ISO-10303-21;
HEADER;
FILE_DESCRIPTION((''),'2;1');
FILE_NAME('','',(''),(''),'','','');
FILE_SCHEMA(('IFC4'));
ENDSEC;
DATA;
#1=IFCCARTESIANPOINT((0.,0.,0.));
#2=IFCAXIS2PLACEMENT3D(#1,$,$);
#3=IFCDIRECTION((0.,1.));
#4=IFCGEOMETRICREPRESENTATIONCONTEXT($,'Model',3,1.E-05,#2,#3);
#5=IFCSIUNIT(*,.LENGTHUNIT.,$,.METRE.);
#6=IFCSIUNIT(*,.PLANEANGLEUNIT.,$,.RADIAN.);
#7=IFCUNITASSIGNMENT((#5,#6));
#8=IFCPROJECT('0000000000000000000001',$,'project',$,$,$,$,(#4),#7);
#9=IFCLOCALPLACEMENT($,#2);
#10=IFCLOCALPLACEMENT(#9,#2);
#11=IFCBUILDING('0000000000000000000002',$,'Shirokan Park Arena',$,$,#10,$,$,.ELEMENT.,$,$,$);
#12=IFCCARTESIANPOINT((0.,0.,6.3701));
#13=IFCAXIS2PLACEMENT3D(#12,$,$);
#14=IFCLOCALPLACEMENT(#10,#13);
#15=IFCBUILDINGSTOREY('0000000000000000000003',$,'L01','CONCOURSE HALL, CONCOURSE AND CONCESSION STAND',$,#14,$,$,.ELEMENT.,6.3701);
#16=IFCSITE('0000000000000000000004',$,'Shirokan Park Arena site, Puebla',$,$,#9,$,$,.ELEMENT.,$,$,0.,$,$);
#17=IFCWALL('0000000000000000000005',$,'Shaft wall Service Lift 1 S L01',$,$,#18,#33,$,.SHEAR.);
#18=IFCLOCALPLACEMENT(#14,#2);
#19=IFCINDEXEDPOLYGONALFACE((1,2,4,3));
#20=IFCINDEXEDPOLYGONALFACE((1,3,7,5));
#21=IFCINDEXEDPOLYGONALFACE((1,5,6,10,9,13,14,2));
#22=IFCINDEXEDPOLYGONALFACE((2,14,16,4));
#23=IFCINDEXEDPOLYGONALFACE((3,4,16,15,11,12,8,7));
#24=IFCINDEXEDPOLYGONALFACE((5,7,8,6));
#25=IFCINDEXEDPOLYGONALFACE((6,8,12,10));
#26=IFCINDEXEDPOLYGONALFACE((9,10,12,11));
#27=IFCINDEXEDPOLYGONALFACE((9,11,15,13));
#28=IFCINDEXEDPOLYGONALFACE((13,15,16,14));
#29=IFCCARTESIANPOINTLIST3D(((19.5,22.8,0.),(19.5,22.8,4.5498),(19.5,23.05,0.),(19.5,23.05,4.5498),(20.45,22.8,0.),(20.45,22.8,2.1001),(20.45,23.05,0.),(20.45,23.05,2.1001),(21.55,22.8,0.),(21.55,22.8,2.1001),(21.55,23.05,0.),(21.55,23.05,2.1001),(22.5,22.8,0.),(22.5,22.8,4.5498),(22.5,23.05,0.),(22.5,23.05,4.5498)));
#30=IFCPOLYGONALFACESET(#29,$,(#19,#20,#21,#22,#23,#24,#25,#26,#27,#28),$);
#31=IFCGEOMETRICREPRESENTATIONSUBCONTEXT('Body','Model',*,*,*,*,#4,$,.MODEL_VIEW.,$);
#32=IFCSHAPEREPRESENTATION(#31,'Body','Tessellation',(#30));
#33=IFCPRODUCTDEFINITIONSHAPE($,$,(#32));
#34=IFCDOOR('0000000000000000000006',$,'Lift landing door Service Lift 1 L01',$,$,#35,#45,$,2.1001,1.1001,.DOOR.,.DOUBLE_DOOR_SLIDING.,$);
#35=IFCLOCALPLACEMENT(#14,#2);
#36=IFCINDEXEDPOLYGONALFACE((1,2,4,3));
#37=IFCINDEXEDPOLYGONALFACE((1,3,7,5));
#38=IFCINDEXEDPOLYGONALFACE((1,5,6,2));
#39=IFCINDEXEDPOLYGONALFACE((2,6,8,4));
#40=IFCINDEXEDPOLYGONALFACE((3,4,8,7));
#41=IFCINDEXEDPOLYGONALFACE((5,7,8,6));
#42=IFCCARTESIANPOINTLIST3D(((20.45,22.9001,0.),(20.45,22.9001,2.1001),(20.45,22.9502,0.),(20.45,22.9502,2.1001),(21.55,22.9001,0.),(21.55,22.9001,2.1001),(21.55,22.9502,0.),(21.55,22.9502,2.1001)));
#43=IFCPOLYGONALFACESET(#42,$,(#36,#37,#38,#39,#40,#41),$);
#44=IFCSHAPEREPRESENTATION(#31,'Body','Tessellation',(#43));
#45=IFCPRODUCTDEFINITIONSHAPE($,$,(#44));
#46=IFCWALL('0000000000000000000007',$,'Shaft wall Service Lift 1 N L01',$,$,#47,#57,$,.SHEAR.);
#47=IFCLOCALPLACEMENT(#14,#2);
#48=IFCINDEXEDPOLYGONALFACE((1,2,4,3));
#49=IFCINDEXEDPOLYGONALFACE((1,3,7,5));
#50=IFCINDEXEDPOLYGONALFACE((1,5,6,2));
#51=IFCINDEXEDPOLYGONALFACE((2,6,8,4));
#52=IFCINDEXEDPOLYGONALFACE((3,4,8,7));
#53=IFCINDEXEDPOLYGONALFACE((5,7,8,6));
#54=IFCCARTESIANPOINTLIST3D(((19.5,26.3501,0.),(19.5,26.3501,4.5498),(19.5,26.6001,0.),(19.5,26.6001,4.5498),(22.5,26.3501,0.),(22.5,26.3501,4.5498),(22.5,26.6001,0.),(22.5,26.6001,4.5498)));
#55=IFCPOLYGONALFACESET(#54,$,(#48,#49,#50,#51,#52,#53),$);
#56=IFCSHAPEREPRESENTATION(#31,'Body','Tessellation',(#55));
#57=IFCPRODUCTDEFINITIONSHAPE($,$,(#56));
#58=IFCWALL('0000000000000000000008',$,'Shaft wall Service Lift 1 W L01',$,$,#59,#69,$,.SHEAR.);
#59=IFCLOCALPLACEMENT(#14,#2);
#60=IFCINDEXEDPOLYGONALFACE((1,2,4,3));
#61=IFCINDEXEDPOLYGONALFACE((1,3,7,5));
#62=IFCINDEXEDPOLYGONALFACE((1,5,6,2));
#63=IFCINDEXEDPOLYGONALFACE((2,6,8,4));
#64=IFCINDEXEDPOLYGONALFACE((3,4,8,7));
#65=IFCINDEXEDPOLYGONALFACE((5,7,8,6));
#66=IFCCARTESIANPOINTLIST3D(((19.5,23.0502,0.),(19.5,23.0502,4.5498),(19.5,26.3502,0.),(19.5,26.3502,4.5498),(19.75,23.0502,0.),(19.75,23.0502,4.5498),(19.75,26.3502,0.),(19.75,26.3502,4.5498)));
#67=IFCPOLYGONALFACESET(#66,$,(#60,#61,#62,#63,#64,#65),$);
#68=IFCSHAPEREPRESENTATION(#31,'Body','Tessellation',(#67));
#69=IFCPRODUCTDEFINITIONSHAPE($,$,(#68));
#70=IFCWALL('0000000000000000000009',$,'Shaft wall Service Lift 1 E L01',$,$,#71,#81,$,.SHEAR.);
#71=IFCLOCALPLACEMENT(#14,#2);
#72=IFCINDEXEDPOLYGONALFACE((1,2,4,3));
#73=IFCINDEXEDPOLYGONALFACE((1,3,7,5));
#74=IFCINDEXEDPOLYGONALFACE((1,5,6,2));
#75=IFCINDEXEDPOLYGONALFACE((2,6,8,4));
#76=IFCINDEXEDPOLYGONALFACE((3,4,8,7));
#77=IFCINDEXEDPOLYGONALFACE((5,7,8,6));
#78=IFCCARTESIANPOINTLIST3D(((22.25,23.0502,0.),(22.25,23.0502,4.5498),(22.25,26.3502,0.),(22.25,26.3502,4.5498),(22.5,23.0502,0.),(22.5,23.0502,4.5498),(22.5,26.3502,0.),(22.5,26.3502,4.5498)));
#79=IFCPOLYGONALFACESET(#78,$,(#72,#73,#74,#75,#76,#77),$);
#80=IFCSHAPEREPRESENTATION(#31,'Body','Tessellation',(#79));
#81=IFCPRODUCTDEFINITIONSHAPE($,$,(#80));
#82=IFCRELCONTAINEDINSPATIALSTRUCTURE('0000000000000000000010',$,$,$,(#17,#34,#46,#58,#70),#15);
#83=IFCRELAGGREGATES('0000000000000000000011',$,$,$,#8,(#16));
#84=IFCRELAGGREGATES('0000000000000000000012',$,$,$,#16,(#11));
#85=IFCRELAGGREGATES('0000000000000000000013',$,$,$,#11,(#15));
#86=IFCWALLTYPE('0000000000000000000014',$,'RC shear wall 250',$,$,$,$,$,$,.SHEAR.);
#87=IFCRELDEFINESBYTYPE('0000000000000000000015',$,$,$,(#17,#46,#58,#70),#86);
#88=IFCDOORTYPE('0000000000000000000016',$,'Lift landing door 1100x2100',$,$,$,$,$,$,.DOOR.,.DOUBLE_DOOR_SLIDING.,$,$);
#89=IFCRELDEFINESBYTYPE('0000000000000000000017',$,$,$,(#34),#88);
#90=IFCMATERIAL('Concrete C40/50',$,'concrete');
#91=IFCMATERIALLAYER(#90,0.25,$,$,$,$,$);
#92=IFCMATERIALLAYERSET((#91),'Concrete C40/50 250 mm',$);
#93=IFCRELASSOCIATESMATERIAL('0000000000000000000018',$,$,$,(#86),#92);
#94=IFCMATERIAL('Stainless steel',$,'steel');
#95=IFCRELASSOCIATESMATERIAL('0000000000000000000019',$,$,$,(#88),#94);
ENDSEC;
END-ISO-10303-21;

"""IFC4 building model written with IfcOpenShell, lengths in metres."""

from ifc_helpers import new_model, si_unit, direction, frame, frame_2d, origin, place, context, subcontext, project, spatial, rectangle, extrude, material, layer, layer_set, type_object, element, fill, save


model = new_model("IFC4")

# Units and contexts
model_context = context("Model", 3, precision=1e-05, world=origin(), true_north=direction((0.0, 1.0)))
body_context = subcontext(model_context, "Body", "Model", "MODEL_VIEW")
ifc_project = project(units=[si_unit("LENGTHUNIT", "METRE"), si_unit("PLANEANGLEUNIT", "RADIAN")], contexts=[model_context])

# Site, building, storey
site_placement = place(None, origin())
site = spatial("IfcSite", under=ifc_project, at=site_placement, Name="Shirokan Park Arena site, Puebla", CompositionType="ELEMENT", RefElevation=0.0)
building_placement = place(site_placement, origin())
building = spatial("IfcBuilding", under=site, at=building_placement, Name="Shirokan Park Arena", CompositionType="ELEMENT")
storey_placement = place(building_placement, frame((0.0, 0.0, 6.3701)))
storey = spatial("IfcBuildingStorey", under=building, at=storey_placement, Name="L01", Description="CONCOURSE HALL, CONCOURSE AND CONCESSION STAND", CompositionType="ELEMENT", Elevation=6.3701)

# Shared definitions
ifc_material_1 = material(Name="Concrete C40/50", Category="concrete")
ifc_layer_1 = layer(ifc_material_1, 0.25)
ifc_layer_set_1 = layer_set([ifc_layer_1], Name="Concrete C40/50 250 mm")
wall_type_1 = type_object("IfcWallType", Name="RC shear wall 250", PredefinedType="SHEAR", material=ifc_layer_set_1)

# Wall, opening, door
wall_1_placement = place(storey_placement, frame((22.5, 22.925, 0.0), z_axis=(0.0, 0.0, 1.0), x_axis=(-1.0, 0.0, 0.0)))
wall_1 = element("IfcWall", 1, at=wall_1_placement, inside=storey, type_object=wall_type_1, Name="Shaft wall Service Lift 1 S L01", PredefinedType="SHEAR", context=body_context, shape_type="SweptSolid", body=[
    extrude(rectangle(XDim=3.0, YDim=0.25, at=frame_2d((1.5, 0.0))), origin(), (0.0, 0.0, 1.0), 4.5498),
])
opening_1_placement = place(wall_1_placement, frame((0.95, 0.0, 0.0)))
opening_1 = element("IfcOpeningElement", 2, at=opening_1_placement, cuts=wall_1, PredefinedType="OPENING", context=body_context, shape_type="SweptSolid", body=[
    extrude(rectangle(XDim=1.1001, YDim=2.1001, at=frame_2d((0.55, 1.05))), frame((0.0, 0.135, 0.0), z_axis=(0.0, -1.0, 0.0), x_axis=(1.0, 0.0, 0.0)), (0.0, 0.0, 1.0), 0.27),
])
ifc_material_2 = material(Name="Stainless steel", Category="steel")
door_type_1 = type_object("IfcDoorType", Name="Lift landing door 1100x2100", OperationType="DOUBLE_DOOR_SLIDING", PredefinedType="DOOR", material=ifc_material_2)
door_1_placement = place(opening_1_placement, origin())
door_1 = element("IfcDoor", 3, at=door_1_placement, inside=storey, type_object=door_type_1, Name="Lift landing door Service Lift 1 L01", OperationType="DOUBLE_DOOR_SLIDING", OverallHeight=2.1001, OverallWidth=1.1001, PredefinedType="DOOR", context=body_context, shape_type="SweptSolid", body=[
    extrude(rectangle(XDim=1.1001, YDim=2.1001, at=frame_2d((0.55, 1.05))), frame((0.0, 0.0249, 0.0), z_axis=(0.0, -1.0, 0.0), x_axis=(1.0, 0.0, 0.0)), (0.0, 0.0, 1.0), 0.05),
])
fill(opening_1, door_1)

# Walls
wall_2_placement = place(storey_placement, frame((22.5, 26.4751, 0.0), z_axis=(0.0, 0.0, 1.0), x_axis=(-1.0, 0.0, 0.0)))
element("IfcWall", 4, at=wall_2_placement, inside=storey, type_object=wall_type_1, Name="Shaft wall Service Lift 1 N L01", PredefinedType="SHEAR", context=body_context, shape_type="SweptSolid", body=[
    extrude(rectangle(XDim=3.0, YDim=0.25, at=frame_2d((1.5, 0.0))), origin(), (0.0, 0.0, 1.0), 4.5498),
])
for number, where, z_axis, x_axis, name in (
    (5, (19.625, 26.3501, 0.0), (0.0, 0.0, 1.0), (0.0, -1.0, 0.0), "Shaft wall Service Lift 1 W L01"),
    (6, (22.375, 26.3501, 0.0), (0.0, 0.0, 1.0), (0.0, -1.0, 0.0), "Shaft wall Service Lift 1 E L01"),
):
    element("IfcWall", number, at=place(storey_placement, frame(where, z_axis=z_axis, x_axis=x_axis)), inside=storey, type_object=wall_type_1, Name=name, PredefinedType="SHEAR", context=body_context, shape_type="SweptSolid", body=[
        extrude(rectangle(XDim=3.3, YDim=0.25, at=frame_2d((1.6499, 0.0))), origin(), (0.0, 0.0, 1.0), 4.5498),
    ])

save(model, "model.ifc")
